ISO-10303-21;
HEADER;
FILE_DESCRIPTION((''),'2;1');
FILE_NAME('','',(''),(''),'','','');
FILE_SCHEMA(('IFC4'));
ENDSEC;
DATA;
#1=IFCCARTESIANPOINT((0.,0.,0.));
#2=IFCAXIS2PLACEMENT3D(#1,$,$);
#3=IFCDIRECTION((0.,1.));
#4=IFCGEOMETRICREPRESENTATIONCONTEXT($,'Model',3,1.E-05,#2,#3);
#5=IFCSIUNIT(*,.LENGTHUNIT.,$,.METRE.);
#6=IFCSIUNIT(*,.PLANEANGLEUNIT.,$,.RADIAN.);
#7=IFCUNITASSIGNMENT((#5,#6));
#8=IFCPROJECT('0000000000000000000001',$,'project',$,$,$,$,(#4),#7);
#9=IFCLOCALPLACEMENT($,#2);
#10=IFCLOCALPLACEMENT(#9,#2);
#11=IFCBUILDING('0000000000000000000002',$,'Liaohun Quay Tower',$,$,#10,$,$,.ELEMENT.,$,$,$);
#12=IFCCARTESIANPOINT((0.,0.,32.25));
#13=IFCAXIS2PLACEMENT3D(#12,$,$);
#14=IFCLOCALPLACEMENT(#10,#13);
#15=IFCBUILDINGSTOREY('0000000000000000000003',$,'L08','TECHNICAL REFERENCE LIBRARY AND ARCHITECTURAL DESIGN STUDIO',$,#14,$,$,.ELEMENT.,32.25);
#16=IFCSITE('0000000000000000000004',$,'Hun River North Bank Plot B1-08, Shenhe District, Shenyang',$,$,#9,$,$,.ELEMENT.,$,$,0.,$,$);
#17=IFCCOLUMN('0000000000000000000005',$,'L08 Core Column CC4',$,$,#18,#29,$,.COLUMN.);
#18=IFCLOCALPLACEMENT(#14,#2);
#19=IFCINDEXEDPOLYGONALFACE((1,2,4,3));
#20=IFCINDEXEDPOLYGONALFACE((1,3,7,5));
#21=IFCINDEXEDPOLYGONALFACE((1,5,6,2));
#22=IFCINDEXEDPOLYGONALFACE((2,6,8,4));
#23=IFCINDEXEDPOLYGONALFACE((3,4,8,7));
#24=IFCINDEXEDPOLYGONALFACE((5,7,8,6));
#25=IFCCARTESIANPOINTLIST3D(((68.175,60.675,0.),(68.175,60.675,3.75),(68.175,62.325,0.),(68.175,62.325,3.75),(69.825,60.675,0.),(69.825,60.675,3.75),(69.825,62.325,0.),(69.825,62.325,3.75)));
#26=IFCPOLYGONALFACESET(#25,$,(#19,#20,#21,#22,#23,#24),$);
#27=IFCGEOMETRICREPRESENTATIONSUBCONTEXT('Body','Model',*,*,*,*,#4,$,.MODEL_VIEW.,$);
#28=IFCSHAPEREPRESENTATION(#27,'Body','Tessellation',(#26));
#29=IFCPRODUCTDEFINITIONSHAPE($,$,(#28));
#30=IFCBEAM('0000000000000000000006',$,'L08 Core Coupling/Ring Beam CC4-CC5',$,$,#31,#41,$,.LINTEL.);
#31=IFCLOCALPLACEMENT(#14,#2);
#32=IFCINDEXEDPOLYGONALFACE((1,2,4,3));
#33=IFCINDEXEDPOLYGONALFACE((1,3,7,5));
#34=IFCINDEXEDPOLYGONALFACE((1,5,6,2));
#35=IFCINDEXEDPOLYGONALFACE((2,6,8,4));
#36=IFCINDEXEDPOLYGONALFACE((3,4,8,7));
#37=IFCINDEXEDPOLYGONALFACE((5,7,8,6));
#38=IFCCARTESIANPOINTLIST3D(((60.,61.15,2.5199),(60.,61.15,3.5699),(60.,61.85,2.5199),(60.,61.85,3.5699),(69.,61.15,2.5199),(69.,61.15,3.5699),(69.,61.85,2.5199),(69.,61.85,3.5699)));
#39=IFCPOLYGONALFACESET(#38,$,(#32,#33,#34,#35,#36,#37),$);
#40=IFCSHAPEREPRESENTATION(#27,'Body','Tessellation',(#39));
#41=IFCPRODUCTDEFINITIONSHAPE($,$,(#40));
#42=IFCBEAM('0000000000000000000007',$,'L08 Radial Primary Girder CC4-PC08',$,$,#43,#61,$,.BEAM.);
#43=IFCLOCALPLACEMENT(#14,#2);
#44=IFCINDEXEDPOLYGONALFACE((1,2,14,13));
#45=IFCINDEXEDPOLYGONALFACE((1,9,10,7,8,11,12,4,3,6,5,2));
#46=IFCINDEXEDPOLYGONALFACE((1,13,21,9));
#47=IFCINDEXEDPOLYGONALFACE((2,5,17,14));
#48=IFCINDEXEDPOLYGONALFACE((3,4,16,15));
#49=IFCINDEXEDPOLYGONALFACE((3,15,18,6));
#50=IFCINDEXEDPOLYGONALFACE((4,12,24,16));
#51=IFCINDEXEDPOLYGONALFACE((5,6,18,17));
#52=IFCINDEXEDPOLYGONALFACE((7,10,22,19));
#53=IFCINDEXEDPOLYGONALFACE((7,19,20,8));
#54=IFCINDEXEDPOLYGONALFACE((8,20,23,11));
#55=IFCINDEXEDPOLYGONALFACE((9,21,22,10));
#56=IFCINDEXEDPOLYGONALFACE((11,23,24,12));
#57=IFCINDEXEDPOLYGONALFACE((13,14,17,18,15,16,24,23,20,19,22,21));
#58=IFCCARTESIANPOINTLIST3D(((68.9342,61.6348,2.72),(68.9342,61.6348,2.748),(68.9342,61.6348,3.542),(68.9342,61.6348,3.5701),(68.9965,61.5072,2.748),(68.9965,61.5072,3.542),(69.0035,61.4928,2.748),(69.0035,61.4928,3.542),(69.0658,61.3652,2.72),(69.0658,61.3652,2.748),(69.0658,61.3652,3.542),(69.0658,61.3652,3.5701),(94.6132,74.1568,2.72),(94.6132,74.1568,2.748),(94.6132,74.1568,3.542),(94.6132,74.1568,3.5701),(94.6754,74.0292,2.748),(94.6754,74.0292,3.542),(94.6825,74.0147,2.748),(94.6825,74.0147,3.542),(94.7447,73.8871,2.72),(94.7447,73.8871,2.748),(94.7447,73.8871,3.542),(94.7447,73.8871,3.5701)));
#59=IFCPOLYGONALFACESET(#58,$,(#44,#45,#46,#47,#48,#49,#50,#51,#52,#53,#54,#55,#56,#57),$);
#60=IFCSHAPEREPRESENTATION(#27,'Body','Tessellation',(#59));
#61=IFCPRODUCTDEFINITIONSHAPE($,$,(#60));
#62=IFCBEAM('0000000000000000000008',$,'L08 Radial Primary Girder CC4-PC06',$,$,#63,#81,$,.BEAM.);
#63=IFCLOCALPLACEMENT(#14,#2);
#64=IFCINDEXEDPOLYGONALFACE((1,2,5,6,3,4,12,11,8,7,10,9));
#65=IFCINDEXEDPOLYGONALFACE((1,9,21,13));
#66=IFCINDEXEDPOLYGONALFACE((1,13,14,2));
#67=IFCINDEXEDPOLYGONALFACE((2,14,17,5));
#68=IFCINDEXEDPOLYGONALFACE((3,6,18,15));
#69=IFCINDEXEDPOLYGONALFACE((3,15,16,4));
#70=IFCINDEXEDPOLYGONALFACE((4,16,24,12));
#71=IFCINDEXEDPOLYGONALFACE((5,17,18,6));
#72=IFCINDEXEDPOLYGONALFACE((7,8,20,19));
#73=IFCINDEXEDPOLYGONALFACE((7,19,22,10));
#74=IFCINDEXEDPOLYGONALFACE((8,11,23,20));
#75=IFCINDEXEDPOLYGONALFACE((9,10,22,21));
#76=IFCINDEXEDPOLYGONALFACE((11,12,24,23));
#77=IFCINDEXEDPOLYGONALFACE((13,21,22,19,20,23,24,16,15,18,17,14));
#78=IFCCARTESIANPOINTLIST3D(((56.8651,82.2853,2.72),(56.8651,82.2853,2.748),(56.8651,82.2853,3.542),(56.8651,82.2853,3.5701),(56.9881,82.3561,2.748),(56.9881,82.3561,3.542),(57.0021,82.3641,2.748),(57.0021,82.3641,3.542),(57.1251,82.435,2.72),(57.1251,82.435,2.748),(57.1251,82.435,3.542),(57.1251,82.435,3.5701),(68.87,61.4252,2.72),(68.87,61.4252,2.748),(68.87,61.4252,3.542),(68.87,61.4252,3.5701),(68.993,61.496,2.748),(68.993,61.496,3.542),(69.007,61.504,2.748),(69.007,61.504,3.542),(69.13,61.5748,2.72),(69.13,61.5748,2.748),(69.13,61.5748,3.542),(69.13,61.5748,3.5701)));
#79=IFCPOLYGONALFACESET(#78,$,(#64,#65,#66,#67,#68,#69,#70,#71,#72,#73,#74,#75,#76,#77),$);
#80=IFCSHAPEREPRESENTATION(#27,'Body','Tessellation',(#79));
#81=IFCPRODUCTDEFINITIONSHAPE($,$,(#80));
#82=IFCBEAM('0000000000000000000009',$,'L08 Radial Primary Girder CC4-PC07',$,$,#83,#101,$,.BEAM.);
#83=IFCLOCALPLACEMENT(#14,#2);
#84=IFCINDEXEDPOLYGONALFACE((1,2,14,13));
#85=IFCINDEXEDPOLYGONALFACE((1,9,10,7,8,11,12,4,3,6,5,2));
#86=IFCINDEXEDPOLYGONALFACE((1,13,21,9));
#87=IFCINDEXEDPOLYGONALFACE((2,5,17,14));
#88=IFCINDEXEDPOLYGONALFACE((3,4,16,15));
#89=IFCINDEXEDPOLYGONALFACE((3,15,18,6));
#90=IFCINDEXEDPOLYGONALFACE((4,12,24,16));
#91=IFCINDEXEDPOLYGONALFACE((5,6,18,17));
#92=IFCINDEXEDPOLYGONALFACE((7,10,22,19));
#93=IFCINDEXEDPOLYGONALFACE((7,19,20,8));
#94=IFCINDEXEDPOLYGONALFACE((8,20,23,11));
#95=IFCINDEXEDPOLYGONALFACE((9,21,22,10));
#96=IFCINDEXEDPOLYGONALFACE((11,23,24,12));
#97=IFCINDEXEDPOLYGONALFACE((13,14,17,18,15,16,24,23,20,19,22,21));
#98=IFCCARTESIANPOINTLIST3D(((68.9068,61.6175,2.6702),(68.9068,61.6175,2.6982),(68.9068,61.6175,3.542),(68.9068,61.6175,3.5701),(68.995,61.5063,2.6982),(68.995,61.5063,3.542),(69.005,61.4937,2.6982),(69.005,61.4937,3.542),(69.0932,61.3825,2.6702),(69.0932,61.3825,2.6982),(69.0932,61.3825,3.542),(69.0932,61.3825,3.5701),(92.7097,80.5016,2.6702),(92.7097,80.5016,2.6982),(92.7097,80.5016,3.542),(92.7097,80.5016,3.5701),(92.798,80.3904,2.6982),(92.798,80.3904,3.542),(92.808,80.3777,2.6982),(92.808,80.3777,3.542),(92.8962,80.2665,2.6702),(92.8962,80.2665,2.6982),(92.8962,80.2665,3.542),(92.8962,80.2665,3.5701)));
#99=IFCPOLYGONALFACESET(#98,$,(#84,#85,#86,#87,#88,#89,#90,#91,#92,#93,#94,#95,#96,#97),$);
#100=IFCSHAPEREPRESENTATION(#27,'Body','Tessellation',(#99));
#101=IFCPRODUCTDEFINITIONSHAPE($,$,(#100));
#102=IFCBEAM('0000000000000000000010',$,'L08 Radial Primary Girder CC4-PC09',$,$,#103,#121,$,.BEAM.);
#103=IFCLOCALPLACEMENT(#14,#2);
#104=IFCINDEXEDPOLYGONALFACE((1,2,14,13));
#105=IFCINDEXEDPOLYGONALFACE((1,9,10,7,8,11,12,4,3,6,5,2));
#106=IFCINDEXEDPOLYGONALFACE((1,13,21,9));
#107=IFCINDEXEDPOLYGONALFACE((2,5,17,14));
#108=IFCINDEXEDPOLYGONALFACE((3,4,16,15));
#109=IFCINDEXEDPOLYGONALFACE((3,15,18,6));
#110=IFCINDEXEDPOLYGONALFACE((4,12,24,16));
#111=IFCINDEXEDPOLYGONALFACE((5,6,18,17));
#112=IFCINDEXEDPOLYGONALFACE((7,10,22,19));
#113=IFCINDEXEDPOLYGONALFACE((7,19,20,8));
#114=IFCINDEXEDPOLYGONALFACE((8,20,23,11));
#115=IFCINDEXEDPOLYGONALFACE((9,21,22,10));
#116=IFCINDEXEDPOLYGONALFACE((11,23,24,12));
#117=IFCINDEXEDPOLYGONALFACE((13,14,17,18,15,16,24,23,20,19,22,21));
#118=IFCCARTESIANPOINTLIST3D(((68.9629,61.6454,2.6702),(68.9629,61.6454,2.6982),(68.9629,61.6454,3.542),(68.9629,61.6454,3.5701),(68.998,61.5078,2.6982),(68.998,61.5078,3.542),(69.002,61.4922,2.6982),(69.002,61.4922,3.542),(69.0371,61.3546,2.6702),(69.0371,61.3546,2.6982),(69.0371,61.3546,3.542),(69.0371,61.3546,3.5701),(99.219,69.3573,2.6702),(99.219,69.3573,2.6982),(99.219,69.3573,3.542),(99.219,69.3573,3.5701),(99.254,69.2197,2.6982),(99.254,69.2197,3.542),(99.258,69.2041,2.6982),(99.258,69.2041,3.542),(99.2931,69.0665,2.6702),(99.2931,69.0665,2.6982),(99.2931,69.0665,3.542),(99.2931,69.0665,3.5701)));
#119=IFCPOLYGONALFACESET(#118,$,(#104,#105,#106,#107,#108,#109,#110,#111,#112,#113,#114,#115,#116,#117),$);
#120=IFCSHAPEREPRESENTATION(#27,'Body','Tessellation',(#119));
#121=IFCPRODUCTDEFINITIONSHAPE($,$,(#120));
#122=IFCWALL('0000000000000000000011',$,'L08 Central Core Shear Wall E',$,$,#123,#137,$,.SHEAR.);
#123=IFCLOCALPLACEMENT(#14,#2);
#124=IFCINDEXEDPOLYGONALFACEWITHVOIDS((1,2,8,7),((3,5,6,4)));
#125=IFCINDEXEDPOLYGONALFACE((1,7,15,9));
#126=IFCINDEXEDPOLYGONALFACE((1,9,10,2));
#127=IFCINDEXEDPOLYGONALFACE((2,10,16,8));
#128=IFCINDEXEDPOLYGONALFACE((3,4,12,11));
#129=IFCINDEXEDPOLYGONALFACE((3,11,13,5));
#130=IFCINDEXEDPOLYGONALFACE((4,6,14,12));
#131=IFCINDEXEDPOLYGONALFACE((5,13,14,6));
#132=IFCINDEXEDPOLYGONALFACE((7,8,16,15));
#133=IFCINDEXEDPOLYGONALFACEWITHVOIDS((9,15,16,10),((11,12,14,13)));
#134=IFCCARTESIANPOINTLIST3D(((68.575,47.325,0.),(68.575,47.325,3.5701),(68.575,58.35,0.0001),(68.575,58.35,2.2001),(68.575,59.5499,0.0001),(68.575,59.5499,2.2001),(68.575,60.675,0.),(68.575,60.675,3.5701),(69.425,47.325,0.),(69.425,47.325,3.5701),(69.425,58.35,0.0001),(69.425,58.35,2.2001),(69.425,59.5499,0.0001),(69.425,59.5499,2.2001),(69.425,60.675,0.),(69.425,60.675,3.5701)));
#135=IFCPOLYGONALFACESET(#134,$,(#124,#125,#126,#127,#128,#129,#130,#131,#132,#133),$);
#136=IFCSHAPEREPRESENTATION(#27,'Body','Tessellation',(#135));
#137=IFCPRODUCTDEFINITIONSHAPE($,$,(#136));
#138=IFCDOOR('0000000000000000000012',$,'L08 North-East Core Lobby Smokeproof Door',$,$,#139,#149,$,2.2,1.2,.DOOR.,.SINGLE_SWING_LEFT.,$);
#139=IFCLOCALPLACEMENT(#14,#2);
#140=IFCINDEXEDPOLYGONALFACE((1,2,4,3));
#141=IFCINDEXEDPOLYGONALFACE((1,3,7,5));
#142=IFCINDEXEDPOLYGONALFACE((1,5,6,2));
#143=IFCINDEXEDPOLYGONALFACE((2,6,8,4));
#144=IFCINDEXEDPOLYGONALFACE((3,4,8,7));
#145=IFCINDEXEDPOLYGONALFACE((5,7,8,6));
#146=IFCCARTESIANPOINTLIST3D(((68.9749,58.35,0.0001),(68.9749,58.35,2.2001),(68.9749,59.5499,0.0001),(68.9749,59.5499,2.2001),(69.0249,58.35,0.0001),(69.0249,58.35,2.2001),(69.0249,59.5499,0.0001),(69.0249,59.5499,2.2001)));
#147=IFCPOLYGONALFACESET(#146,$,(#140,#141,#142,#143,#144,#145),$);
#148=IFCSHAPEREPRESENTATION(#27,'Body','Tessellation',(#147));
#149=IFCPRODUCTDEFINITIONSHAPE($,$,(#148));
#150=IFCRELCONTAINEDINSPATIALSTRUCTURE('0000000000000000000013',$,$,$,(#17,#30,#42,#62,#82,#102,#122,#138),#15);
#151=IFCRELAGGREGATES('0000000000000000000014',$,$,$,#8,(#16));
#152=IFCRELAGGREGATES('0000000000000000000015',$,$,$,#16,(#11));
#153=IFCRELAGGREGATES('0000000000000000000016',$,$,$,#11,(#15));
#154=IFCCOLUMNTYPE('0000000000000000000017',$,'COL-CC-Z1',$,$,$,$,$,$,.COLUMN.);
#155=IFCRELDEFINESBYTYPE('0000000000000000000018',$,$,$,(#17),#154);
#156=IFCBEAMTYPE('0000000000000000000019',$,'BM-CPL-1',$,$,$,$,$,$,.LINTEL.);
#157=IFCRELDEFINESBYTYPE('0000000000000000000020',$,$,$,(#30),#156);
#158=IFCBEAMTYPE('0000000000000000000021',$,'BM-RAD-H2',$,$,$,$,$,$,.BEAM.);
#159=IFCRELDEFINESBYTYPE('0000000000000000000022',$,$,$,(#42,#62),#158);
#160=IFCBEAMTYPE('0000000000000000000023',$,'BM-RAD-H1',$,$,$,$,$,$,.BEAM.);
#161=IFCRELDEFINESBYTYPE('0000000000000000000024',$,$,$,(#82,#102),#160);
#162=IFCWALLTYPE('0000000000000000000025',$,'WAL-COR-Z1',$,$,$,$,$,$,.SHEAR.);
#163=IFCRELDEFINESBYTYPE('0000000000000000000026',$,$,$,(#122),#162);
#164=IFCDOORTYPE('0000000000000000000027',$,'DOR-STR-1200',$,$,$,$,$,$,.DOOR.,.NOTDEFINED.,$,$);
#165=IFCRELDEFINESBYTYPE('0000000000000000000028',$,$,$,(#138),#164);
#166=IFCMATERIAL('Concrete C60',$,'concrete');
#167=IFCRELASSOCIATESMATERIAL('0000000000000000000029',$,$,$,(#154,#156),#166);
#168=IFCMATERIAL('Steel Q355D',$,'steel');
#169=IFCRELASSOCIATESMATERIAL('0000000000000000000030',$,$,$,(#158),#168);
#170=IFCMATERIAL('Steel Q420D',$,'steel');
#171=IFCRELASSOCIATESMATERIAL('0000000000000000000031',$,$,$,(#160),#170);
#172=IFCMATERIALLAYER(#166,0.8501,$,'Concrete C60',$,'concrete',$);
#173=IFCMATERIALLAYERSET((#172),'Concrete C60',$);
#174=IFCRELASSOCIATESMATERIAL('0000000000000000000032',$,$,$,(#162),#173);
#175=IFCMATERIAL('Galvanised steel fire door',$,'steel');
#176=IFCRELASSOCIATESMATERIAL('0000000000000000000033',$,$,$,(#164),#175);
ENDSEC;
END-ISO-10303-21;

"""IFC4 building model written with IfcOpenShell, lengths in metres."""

from ifc_helpers import new_model, si_unit, direction, frame, frame_2d, origin, origin_2d, place, context, subcontext, project, spatial, rectangle, i_section, extrude, source, transform, mapped, material, layer, layer_set, material_profile, profile_set, type_object, element, fill, save


model = new_model("IFC4")

# Units and contexts
model_context = context("Model", 3, precision=1e-05, world=origin(), true_north=direction((0.0, 1.0)))
body_context = subcontext(model_context, "Body", "Model", "MODEL_VIEW")
ifc_project = project(units=[si_unit("LENGTHUNIT", "METRE"), si_unit("PLANEANGLEUNIT", "RADIAN")], contexts=[model_context])

# Site, building, storey
site_placement = place(None, origin())
site = spatial("IfcSite", under=ifc_project, at=site_placement, Name="Hun River North Bank Plot B1-08, Shenhe District, Shenyang", CompositionType="ELEMENT", RefElevation=0.0)
building_placement = place(site_placement, origin())
building = spatial("IfcBuilding", under=site, at=building_placement, Name="Liaohun Quay Tower", CompositionType="ELEMENT")
storey_placement = place(building_placement, frame((0.0, 0.0, 32.25)))
storey = spatial("IfcBuildingStorey", under=building, at=storey_placement, Name="L08", Description="TECHNICAL REFERENCE LIBRARY AND ARCHITECTURAL DESIGN STUDIO", CompositionType="ELEMENT", Elevation=32.25)

# Column
ifc_material_1 = material(Name="Concrete C60", Category="concrete")
ifc_material_profile_1 = material_profile(ifc_material_1, rectangle(XDim=1.6499, YDim=1.6499, at=origin_2d()), Name="RC1650x1650")
ifc_profile_set_1 = profile_set([ifc_material_profile_1], Name="Concrete C60")
column_type = type_object("IfcColumnType", Name="COL-CC-Z1", PredefinedType="COLUMN", material=ifc_profile_set_1)
shared_shape_1 = source(origin(), body_context, "Body", "SweptSolid", [
    extrude(rectangle(XDim=1.6499, YDim=1.6499, at=origin_2d()), origin(), (0.0, 0.0, 1.0), 3.75),
])
column_placement = place(storey_placement, frame((69.0, 61.5, 0.0), z_axis=(0.0, 0.0, 1.0), x_axis=(1.0, 0.0, 0.0)))
element("IfcColumn", 1, at=column_placement, inside=storey, type_object=column_type, Name="L08 Core Column CC4", PredefinedType="COLUMN", context=body_context, shape_type="MappedRepresentation", body=[
    mapped(shared_shape_1, transform((0.0, 0.0, 0.0), x_axis=(1.0, 0.0, 0.0), y_axis=(0.0, 1.0, 0.0), z_axis=(0.0, 0.0, 1.0), scale=1.0)),
])

# Beams
ifc_material_profile_2 = material_profile(ifc_material_1, rectangle(XDim=0.7, YDim=1.05, at=origin_2d()), Name="RC700x1050")
ifc_profile_set_2 = profile_set([ifc_material_profile_2], Name="Concrete C60")
beam_type_1 = type_object("IfcBeamType", Name="BM-CPL-1", PredefinedType="LINTEL", material=ifc_profile_set_2)
shared_shape_2 = source(origin(), body_context, "Body", "SweptSolid", [
    extrude(rectangle(XDim=0.7, YDim=1.05, at=origin_2d()), origin(), (0.0, 0.0, 1.0), 9.0),
])
beam_1_placement = place(storey_placement, frame((69.0, 61.5, 3.0449), z_axis=(-1.0, 0.0, 0.0), x_axis=(0.0, -1.0, 0.0)))
element("IfcBeam", 2, at=beam_1_placement, inside=storey, type_object=beam_type_1, Name="L08 Core Coupling/Ring Beam CC4-CC5", PredefinedType="LINTEL", context=body_context, shape_type="MappedRepresentation", body=[
    mapped(shared_shape_2, transform((0.0, 0.0, 0.0), x_axis=(1.0, 0.0, 0.0), y_axis=(0.0, 1.0, 0.0), z_axis=(0.0, 0.0, 1.0), scale=1.0)),
])
ifc_material_2 = material(Name="Steel Q355D", Category="steel")
ifc_material_profile_3 = material_profile(ifc_material_2, i_section(OverallWidth=0.3, OverallDepth=0.8501, WebThickness=0.0161, FlangeThickness=0.0281, at=origin_2d()), Name="HN850x300x16x28")
ifc_profile_set_3 = profile_set([ifc_material_profile_3], Name="Steel Q355D")
beam_type_2 = type_object("IfcBeamType", Name="BM-RAD-H2", PredefinedType="BEAM", material=ifc_profile_set_3)
shared_shape_3 = source(origin(), body_context, "Body", "SweptSolid", [
    extrude(i_section(OverallWidth=0.3, OverallDepth=0.8501, WebThickness=0.0161, FlangeThickness=0.0281, at=origin_2d()), origin(), (0.0, 0.0, 1.0), 28.5693),
])
beam_2_placement = place(storey_placement, frame((69.0, 61.5, 3.145), z_axis=(0.898828, 0.438301, 0.0), x_axis=(-0.438301, 0.898828, 0.0)))
element("IfcBeam", 3, at=beam_2_placement, inside=storey, type_object=beam_type_2, Name="L08 Radial Primary Girder CC4-PC08", PredefinedType="BEAM", context=body_context, shape_type="MappedRepresentation", body=[
    mapped(shared_shape_3, transform((0.0, 0.0, 0.0), x_axis=(1.0, 0.0, 0.0), y_axis=(0.0, 1.0, 0.0), z_axis=(0.0, 0.0, 1.0), scale=1.0)),
])
shared_shape_4 = source(origin(), body_context, "Body", "SweptSolid", [
    extrude(i_section(OverallWidth=0.3, OverallDepth=0.8501, WebThickness=0.0161, FlangeThickness=0.0281, at=origin_2d()), origin(), (0.0, 0.0, 1.0), 24.0679),
])
beam_3_placement = place(storey_placement, frame((69.0, 61.5, 3.145), z_axis=(-0.498793, 0.866721, 0.0), x_axis=(-0.866721, -0.498793, 0.0)))
element("IfcBeam", 4, at=beam_3_placement, inside=storey, type_object=beam_type_2, Name="L08 Radial Primary Girder CC4-PC06", PredefinedType="BEAM", context=body_context, shape_type="MappedRepresentation", body=[
    mapped(shared_shape_4, transform((0.0, 0.0, 0.0), x_axis=(1.0, 0.0, 0.0), y_axis=(0.0, 1.0, 0.0), z_axis=(0.0, 0.0, 1.0), scale=1.0)),
])
ifc_material_3 = material(Name="Steel Q420D", Category="steel")
ifc_material_profile_4 = material_profile(ifc_material_3, i_section(OverallWidth=0.3, OverallDepth=0.8999, WebThickness=0.0161, FlangeThickness=0.0281, at=origin_2d()), Name="HN900x300x16x28")
ifc_profile_set_4 = profile_set([ifc_material_profile_4], Name="Steel Q420D")
beam_type_3 = type_object("IfcBeamType", Name="BM-RAD-H1", PredefinedType="BEAM", material=ifc_profile_set_4)
shared_shape_5 = source(origin(), body_context, "Body", "SweptSolid", [
    extrude(i_section(OverallWidth=0.3, OverallDepth=0.8999, WebThickness=0.0161, FlangeThickness=0.0281, at=origin_2d()), origin(), (0.0, 0.0, 1.0), 30.384),
])
beam_4_placement = place(storey_placement, frame((69.0, 61.5, 3.1201), z_axis=(0.783405, 0.621512, 0.0), x_axis=(-0.621512, 0.783405, 0.0)))
element("IfcBeam", 5, at=beam_4_placement, inside=storey, type_object=beam_type_3, Name="L08 Radial Primary Girder CC4-PC07", PredefinedType="BEAM", context=body_context, shape_type="MappedRepresentation", body=[
    mapped(shared_shape_5, transform((0.0, 0.0, 0.0), x_axis=(1.0, 0.0, 0.0), y_axis=(0.0, 1.0, 0.0), z_axis=(0.0, 0.0, 1.0), scale=1.0)),
])
shared_shape_6 = source(origin(), body_context, "Body", "SweptSolid", [
    extrude(i_section(OverallWidth=0.3, OverallDepth=0.8999, WebThickness=0.0161, FlangeThickness=0.0281, at=origin_2d()), origin(), (0.0, 0.0, 1.0), 31.2234),
])
beam_5_placement = place(storey_placement, frame((69.0, 61.5, 3.1201), z_axis=(0.969018, 0.246991, 0.0), x_axis=(-0.246991, 0.969018, 0.0)))
element("IfcBeam", 6, at=beam_5_placement, inside=storey, type_object=beam_type_3, Name="L08 Radial Primary Girder CC4-PC09", PredefinedType="BEAM", context=body_context, shape_type="MappedRepresentation", body=[
    mapped(shared_shape_6, transform((0.0, 0.0, 0.0), x_axis=(1.0, 0.0, 0.0), y_axis=(0.0, 1.0, 0.0), z_axis=(0.0, 0.0, 1.0), scale=1.0)),
])

# Wall, opening, door
ifc_layer_1 = layer(ifc_material_1, 0.8501, Name="Concrete C60", Category="concrete")
ifc_layer_set_1 = layer_set([ifc_layer_1], Name="Concrete C60")
wall_type_1 = type_object("IfcWallType", Name="WAL-COR-Z1", PredefinedType="SHEAR", material=ifc_layer_set_1)
wall_1_placement = place(storey_placement, frame((69.0, 60.675, 0.0), z_axis=(0.0, 0.0, 1.0), x_axis=(0.0, -1.0, 0.0)))
wall_1 = element("IfcWall", 7, at=wall_1_placement, inside=storey, type_object=wall_type_1, Name="L08 Central Core Shear Wall E", PredefinedType="SHEAR", context=body_context, shape_type="SweptSolid", body=[
    extrude(rectangle(XDim=13.3501, YDim=0.8501, at=frame_2d((6.675, 0.0))), origin(), (0.0, 0.0, 1.0), 3.5701),
])
shared_shape_7 = source(origin(), body_context, "Body", "SweptSolid", [
    extrude(rectangle(XDim=1.2, YDim=2.2, at=frame_2d((0.6001, 1.1001))), frame((0.0, 0.4351, 0.0), z_axis=(0.0, -1.0, 0.0), x_axis=(1.0, 0.0, 0.0)), (0.0, 0.0, 1.0), 0.8701),
])
opening_1_placement = place(wall_1_placement, frame((1.125, 0.0, 0.0)))
opening_1 = element("IfcOpeningElement", 8, at=opening_1_placement, cuts=wall_1, PredefinedType="OPENING", context=body_context, shape_type="MappedRepresentation", body=[
    mapped(shared_shape_7, transform((0.0, 0.0, 0.0), x_axis=(1.0, 0.0, 0.0), y_axis=(0.0, 1.0, 0.0), z_axis=(0.0, 0.0, 1.0), scale=1.0)),
])
ifc_material_4 = material(Name="Galvanised steel fire door", Category="steel")
door_type_1 = type_object("IfcDoorType", Name="DOR-STR-1200", OperationType="NOTDEFINED", PredefinedType="DOOR", material=ifc_material_4)
shared_shape_8 = source(origin(), body_context, "Body", "SweptSolid", [
    extrude(rectangle(XDim=1.2, YDim=2.2, at=frame_2d((0.6001, 1.1001))), frame((0.0, 0.0249, 0.0), z_axis=(0.0, -1.0, 0.0), x_axis=(1.0, 0.0, 0.0)), (0.0, 0.0, 1.0), 0.05),
])
door_1_placement = place(opening_1_placement, origin())
door_1 = element("IfcDoor", 9, at=door_1_placement, inside=storey, type_object=door_type_1, Name="L08 North-East Core Lobby Smokeproof Door", OperationType="SINGLE_SWING_LEFT", OverallHeight=2.2, OverallWidth=1.2, PredefinedType="DOOR", context=body_context, shape_type="MappedRepresentation", body=[
    mapped(shared_shape_8, transform((0.0, 0.0, 0.0), x_axis=(1.0, 0.0, 0.0), y_axis=(0.0, 1.0, 0.0), z_axis=(0.0, 0.0, 1.0), scale=1.0)),
])
fill(opening_1, door_1)

save(model, "model.ifc")
